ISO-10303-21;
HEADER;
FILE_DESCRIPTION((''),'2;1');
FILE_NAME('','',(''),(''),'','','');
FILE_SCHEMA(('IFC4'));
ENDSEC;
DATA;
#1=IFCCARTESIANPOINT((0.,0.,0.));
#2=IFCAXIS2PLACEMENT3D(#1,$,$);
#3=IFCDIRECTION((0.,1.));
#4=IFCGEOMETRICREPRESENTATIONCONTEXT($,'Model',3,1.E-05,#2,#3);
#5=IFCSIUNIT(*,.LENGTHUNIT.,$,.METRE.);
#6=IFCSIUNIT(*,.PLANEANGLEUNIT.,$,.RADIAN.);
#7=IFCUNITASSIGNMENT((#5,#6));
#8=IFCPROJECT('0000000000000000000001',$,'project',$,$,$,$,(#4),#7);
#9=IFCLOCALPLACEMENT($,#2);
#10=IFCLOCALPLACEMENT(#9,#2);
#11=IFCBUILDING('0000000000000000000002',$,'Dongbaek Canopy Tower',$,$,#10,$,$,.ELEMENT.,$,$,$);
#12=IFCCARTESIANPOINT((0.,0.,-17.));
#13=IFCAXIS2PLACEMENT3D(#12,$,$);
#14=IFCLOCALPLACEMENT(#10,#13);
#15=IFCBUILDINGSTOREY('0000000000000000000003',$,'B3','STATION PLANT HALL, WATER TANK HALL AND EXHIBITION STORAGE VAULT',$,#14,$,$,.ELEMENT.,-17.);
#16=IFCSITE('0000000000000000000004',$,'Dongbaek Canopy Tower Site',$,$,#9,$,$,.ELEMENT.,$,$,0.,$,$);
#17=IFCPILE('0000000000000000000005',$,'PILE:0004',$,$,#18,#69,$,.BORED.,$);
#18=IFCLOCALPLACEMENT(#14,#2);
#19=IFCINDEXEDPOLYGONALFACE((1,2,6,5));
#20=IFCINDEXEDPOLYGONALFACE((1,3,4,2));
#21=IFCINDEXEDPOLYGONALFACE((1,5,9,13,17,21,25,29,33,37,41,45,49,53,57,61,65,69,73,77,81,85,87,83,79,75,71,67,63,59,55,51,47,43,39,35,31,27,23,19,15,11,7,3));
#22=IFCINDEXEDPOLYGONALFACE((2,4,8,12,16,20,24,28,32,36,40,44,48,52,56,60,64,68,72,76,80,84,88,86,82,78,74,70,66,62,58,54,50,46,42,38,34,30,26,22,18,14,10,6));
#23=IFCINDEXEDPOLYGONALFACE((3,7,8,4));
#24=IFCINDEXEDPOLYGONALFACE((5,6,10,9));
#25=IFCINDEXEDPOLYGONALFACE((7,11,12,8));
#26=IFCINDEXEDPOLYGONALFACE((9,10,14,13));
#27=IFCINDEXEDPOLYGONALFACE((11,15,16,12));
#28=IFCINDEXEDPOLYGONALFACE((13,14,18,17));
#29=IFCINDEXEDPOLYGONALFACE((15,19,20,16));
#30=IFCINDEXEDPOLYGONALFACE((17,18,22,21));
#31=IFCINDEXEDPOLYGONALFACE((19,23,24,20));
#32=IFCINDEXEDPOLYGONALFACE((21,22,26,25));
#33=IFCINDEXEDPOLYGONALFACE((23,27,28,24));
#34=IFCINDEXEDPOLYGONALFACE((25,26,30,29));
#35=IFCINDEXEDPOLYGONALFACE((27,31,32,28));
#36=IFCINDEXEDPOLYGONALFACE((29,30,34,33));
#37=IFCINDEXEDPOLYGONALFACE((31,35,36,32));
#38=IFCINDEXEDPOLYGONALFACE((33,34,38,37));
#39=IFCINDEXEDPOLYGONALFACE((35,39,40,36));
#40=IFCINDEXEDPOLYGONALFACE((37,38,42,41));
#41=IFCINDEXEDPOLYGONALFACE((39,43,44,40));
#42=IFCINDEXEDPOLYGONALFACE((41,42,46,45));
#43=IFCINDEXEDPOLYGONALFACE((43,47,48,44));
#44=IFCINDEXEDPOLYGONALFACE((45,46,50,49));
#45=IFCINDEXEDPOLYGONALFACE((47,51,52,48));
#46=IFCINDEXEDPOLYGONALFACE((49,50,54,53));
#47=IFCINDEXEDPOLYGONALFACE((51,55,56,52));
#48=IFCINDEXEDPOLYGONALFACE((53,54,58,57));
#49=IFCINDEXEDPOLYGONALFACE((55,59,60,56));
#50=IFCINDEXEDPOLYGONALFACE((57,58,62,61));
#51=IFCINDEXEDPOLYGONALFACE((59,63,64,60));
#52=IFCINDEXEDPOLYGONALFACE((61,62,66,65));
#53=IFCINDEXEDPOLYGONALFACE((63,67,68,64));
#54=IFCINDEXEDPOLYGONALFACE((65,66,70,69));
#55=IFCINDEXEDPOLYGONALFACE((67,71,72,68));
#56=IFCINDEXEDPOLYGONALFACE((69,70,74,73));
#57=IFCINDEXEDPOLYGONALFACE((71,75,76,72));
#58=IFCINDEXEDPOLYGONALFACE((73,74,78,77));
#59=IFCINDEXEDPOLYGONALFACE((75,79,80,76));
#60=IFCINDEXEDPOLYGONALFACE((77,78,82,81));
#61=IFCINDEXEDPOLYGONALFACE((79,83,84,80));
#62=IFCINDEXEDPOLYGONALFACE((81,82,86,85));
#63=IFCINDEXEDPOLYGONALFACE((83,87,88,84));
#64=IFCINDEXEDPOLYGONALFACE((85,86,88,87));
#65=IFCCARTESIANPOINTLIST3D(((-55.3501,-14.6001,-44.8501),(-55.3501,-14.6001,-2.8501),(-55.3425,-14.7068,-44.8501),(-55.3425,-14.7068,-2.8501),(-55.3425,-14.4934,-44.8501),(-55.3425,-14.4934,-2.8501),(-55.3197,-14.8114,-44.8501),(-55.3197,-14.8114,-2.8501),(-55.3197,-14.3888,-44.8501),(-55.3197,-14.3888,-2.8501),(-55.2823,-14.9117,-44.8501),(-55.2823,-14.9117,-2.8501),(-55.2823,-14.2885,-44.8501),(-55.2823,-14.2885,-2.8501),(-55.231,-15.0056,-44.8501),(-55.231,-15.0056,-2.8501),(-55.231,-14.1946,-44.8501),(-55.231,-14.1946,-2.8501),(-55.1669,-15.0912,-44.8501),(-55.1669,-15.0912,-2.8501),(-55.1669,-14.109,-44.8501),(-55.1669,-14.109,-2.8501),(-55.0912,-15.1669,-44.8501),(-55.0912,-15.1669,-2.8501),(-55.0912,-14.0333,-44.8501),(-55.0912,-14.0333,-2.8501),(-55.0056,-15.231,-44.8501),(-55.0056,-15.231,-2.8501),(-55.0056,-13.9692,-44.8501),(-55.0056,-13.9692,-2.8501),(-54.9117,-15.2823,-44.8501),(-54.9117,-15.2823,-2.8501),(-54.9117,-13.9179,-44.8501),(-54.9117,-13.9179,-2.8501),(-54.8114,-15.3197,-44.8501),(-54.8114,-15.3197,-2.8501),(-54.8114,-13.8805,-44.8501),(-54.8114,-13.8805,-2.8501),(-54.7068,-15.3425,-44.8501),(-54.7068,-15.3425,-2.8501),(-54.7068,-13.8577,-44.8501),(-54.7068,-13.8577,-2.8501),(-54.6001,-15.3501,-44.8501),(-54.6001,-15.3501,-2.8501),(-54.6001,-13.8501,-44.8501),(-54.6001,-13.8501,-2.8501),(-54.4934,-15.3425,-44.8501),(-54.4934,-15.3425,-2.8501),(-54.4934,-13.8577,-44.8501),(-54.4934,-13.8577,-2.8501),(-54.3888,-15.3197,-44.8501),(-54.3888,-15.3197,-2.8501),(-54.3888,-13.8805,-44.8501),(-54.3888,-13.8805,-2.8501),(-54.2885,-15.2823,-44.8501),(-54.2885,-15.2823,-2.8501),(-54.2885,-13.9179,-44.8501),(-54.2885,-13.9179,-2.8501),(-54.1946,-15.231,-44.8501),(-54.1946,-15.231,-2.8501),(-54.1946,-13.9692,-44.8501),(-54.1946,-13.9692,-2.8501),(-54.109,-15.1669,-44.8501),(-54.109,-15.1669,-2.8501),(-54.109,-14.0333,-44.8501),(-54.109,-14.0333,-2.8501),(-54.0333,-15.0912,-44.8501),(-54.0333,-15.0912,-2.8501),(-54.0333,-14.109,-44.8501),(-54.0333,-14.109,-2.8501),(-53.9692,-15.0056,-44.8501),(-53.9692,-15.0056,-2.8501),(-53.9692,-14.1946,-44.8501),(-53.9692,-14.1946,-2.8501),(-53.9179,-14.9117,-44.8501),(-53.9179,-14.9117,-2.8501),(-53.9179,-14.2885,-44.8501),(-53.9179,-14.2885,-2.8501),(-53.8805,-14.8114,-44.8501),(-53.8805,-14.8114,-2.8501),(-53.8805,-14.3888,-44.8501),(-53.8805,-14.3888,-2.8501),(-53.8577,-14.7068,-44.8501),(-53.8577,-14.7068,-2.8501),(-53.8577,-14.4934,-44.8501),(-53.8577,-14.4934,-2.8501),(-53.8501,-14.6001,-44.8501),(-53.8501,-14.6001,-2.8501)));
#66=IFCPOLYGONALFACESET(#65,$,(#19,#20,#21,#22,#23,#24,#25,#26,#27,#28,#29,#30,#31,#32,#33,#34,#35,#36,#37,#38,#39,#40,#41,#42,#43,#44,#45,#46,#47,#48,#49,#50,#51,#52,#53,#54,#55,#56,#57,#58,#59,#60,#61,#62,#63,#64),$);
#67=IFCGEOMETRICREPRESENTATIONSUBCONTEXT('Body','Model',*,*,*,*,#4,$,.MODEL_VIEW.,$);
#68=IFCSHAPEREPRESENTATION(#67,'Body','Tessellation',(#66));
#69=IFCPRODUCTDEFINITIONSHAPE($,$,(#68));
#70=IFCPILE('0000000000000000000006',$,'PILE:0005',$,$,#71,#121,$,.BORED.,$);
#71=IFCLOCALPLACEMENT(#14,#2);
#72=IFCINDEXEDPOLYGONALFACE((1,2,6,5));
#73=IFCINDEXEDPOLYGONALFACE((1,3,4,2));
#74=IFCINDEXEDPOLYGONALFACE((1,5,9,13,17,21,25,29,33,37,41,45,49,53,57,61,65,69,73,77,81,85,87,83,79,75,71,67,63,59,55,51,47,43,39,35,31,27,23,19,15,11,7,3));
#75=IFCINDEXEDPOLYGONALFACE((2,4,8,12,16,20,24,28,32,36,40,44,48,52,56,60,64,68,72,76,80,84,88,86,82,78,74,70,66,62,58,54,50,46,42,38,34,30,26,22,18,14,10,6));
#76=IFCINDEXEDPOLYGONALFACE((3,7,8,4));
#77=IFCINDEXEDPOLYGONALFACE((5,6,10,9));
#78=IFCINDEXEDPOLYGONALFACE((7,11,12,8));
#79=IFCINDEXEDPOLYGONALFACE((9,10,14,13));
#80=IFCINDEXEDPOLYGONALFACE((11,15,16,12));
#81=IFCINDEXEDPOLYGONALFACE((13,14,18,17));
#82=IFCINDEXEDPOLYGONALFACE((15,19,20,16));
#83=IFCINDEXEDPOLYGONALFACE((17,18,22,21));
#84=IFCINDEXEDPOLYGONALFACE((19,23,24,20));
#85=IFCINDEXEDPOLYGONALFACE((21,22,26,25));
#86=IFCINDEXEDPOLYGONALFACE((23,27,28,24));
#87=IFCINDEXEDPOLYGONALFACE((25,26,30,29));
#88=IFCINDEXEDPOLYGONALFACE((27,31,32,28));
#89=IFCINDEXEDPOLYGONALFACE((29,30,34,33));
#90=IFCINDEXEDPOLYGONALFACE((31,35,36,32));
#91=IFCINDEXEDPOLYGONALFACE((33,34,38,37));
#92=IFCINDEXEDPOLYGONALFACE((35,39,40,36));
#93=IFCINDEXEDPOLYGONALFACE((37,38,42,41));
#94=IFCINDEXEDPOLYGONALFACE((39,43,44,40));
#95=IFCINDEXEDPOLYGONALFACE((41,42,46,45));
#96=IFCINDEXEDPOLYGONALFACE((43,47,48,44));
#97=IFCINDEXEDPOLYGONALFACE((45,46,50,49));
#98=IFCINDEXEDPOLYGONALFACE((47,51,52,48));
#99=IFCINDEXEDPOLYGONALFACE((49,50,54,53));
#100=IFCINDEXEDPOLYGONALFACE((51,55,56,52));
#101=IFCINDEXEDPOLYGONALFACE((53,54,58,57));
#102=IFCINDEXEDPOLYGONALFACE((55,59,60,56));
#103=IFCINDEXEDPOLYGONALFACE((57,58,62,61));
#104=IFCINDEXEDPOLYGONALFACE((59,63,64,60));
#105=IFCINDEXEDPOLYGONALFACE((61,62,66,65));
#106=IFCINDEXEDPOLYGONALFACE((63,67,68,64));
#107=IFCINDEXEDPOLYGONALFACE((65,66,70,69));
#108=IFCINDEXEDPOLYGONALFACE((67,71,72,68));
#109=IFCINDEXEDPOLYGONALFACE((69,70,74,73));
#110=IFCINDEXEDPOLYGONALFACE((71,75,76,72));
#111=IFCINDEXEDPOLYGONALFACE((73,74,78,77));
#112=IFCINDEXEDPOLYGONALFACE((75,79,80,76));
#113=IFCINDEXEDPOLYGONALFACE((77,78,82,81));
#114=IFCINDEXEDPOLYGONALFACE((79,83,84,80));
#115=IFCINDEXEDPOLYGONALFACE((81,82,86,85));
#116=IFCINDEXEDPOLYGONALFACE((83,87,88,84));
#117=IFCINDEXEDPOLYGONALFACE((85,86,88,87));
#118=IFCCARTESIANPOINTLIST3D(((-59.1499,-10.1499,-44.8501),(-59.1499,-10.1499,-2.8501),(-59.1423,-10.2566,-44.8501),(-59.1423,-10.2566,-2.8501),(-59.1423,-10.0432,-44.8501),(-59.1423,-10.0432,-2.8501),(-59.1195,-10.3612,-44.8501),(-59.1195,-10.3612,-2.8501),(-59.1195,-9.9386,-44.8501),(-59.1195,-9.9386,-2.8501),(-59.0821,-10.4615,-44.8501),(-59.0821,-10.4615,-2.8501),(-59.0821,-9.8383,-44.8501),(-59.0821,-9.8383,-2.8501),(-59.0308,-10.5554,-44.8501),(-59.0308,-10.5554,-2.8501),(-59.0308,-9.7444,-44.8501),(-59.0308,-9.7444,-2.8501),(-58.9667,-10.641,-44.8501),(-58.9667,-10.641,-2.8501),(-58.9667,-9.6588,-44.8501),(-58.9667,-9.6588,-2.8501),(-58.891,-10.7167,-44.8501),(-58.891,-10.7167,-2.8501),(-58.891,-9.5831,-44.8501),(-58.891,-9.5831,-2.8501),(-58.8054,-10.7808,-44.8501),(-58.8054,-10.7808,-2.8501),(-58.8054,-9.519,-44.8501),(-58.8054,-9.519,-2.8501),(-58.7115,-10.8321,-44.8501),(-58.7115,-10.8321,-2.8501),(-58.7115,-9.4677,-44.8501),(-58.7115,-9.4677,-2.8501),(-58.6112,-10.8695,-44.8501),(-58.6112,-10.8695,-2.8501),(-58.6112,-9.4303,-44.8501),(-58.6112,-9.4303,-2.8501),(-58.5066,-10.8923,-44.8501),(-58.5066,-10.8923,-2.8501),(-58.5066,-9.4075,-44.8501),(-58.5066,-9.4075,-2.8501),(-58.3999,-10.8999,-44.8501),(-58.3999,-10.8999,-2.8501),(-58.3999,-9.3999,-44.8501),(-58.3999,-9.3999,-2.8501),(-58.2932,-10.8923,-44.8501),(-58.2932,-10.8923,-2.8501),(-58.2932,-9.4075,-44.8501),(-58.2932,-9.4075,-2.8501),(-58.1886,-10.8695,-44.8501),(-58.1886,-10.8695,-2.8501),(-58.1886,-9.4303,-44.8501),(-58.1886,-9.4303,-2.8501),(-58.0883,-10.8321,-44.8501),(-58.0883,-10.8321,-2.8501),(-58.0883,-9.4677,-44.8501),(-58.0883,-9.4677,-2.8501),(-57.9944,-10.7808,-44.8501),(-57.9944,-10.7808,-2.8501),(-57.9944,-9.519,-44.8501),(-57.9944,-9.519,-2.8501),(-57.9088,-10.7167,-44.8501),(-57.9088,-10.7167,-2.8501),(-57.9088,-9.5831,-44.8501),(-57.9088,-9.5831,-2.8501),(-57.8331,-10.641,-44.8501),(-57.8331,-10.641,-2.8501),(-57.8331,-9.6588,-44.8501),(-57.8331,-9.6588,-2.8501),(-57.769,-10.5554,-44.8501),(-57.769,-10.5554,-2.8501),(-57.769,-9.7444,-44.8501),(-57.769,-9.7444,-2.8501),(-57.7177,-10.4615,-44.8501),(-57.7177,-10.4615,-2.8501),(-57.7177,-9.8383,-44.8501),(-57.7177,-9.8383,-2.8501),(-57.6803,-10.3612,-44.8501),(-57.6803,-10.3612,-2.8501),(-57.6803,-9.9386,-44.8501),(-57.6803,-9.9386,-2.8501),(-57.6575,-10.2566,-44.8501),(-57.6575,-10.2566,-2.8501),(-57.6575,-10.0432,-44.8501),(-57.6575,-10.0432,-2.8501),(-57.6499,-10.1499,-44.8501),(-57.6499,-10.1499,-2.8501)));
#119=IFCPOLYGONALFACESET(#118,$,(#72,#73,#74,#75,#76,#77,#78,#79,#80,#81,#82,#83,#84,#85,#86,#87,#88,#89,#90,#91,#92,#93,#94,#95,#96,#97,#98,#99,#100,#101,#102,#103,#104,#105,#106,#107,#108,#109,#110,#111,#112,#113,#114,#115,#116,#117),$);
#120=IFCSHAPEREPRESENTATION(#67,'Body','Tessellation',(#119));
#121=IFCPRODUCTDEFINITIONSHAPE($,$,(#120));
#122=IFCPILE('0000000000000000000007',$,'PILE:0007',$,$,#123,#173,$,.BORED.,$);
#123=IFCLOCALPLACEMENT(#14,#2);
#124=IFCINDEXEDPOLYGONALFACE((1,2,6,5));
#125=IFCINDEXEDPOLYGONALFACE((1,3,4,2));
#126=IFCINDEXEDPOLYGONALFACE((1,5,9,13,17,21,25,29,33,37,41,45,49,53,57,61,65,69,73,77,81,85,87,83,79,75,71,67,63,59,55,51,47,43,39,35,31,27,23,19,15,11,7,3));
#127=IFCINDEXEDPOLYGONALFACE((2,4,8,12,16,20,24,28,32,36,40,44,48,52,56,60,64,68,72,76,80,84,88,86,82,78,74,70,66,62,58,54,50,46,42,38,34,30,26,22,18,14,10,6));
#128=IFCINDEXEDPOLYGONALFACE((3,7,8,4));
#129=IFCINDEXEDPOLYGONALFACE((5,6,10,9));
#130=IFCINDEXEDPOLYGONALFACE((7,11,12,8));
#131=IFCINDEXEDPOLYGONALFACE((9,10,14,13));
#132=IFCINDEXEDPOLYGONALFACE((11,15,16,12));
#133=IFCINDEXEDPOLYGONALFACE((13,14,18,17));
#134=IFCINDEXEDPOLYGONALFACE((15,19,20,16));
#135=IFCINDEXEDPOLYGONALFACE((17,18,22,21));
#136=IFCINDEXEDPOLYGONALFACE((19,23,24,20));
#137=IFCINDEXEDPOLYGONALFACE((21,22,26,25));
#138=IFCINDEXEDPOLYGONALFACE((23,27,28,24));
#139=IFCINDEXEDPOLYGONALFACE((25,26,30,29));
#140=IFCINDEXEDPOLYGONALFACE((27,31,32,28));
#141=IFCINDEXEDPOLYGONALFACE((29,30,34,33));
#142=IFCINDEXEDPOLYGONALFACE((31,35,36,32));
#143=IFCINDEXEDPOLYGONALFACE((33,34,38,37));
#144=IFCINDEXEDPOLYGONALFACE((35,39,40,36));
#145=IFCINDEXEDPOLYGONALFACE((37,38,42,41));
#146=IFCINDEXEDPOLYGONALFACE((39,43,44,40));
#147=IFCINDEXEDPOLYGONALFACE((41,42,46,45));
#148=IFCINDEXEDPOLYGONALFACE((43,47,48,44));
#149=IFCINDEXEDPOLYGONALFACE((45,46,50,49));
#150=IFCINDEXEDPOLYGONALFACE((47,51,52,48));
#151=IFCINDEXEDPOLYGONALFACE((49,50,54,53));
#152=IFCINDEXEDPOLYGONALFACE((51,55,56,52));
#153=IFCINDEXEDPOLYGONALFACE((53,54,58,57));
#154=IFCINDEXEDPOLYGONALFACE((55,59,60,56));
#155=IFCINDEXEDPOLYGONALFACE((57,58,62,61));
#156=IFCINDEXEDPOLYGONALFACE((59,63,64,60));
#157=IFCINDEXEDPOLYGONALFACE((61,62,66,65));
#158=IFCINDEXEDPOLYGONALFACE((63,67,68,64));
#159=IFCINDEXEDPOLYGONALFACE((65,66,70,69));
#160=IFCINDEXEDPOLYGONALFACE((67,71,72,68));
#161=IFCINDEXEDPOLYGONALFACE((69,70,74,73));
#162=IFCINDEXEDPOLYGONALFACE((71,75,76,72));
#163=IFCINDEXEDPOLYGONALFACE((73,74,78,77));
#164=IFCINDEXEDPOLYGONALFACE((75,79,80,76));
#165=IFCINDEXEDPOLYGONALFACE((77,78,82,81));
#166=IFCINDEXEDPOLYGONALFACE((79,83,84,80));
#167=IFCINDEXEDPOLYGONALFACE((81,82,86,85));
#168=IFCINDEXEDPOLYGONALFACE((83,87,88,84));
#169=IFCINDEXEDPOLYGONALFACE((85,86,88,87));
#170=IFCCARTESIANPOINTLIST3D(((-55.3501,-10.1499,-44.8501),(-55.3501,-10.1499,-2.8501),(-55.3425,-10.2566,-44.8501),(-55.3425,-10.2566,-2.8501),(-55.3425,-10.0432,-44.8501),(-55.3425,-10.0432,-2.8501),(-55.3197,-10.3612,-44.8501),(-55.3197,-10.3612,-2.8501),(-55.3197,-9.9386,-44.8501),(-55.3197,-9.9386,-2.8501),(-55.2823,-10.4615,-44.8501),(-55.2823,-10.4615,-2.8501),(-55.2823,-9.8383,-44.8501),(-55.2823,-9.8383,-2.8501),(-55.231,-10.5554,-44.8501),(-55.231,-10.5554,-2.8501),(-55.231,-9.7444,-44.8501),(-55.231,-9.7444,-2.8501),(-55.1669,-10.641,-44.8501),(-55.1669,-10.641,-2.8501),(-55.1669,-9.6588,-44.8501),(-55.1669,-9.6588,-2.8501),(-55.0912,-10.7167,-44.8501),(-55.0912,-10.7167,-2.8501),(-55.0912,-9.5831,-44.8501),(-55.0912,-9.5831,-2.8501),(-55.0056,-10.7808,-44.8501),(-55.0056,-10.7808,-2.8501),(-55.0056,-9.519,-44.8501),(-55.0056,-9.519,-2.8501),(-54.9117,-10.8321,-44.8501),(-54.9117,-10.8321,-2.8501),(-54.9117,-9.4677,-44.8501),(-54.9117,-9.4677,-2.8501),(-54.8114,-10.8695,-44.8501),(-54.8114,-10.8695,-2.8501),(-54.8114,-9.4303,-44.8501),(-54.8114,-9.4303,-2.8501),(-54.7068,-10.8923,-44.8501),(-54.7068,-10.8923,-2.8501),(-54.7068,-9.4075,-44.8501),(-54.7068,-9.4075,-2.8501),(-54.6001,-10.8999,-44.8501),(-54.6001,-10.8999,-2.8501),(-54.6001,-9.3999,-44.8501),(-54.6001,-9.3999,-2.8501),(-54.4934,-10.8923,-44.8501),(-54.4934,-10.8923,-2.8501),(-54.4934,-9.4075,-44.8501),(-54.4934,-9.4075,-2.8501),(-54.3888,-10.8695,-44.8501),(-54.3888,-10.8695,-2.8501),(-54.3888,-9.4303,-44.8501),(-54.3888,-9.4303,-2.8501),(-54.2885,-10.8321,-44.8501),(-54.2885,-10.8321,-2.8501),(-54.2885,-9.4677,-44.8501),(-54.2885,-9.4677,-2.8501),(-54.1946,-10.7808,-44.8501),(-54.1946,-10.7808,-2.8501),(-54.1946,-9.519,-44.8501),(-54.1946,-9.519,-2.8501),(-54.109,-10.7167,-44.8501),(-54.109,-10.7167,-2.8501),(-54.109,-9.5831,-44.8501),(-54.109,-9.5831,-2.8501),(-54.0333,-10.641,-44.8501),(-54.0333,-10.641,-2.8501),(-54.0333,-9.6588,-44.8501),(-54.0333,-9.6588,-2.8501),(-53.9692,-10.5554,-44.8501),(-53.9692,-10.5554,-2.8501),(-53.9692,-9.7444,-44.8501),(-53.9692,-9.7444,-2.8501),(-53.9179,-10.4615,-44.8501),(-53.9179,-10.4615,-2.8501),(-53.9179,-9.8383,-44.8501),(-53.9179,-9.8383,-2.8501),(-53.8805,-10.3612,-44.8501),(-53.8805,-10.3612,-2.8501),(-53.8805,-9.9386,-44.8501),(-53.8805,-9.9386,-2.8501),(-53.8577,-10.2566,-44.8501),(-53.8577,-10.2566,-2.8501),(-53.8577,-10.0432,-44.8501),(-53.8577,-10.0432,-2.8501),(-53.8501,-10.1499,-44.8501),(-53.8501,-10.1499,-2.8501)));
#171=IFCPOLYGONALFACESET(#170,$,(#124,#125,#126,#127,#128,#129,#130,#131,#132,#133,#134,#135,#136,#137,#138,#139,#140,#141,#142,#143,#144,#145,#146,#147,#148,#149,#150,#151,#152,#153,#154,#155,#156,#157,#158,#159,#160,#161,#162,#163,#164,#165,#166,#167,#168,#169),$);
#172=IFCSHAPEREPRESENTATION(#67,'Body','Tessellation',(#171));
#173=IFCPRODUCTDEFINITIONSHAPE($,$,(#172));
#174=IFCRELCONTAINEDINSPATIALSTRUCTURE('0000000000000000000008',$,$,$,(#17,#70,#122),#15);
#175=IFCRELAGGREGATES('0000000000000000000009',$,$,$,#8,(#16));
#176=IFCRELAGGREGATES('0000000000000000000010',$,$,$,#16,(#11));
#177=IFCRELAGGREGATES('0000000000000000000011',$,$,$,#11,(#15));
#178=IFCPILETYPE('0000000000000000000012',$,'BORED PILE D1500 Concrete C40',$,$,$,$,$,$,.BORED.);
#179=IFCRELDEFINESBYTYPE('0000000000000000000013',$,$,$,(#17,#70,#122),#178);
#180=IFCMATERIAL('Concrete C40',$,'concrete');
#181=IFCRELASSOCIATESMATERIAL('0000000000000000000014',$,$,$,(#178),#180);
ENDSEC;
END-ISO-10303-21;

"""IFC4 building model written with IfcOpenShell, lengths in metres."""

from ifc_helpers import new_model, si_unit, direction, frame, origin, origin_2d, place, context, subcontext, project, spatial, circle, extrude, material, material_profile, profile_set, type_object, element, save


model = new_model("IFC4")

# Units and contexts
model_context = context("Model", 3, precision=1e-05, world=origin(), true_north=direction((0.0, 1.0)))
body_context = subcontext(model_context, "Body", "Model", "MODEL_VIEW")
ifc_project = project(units=[si_unit("LENGTHUNIT", "METRE"), si_unit("PLANEANGLEUNIT", "RADIAN")], contexts=[model_context])

# Site, building, storey
site_placement = place(None, origin())
site = spatial("IfcSite", under=ifc_project, at=site_placement, Name="Dongbaek Canopy Tower Site", CompositionType="ELEMENT", RefElevation=0.0)
building_placement = place(site_placement, origin())
building = spatial("IfcBuilding", under=site, at=building_placement, Name="Dongbaek Canopy Tower", CompositionType="ELEMENT")
storey_placement = place(building_placement, frame((0.0, 0.0, -17.0)))
storey = spatial("IfcBuildingStorey", under=building, at=storey_placement, Name="B3", Description="STATION PLANT HALL, WATER TANK HALL AND EXHIBITION STORAGE VAULT", CompositionType="ELEMENT", Elevation=-17.0)

# Piles
ifc_material_1 = material(Name="Concrete C40", Category="concrete")
ifc_material_profile_1 = material_profile(ifc_material_1, circle(Radius=0.75, at=origin_2d()), Name="BORED PILE D1500 Concrete C40")
ifc_profile_set_1 = profile_set([ifc_material_profile_1], Name="Concrete C40")
pile_type = type_object("IfcPileType", Name="BORED PILE D1500 Concrete C40", PredefinedType="BORED", material=ifc_profile_set_1)
for number, where, z_axis, x_axis, name in (
    (1, (-54.6001, -14.6001, -2.8501), (0.0, 0.0, -1.0), (1.0, 0.0, 0.0), "PILE:0004"),
    (2, (-58.3999, -10.1499, -2.8501), (0.0, 0.0, -1.0), (1.0, 0.0, 0.0), "PILE:0005"),
    (3, (-54.6001, -10.1499, -2.8501), (0.0, 0.0, -1.0), (1.0, 0.0, 0.0), "PILE:0007"),
):
    element("IfcPile", number, at=place(storey_placement, frame(where, z_axis=z_axis, x_axis=x_axis)), inside=storey, type_object=pile_type, Name=name, PredefinedType="BORED", context=body_context, shape_type="SweptSolid", body=[
        extrude(circle(Radius=0.75, at=origin_2d()), origin(), (0.0, 0.0, 1.0), 42.0),
    ])

save(model, "model.ifc")
